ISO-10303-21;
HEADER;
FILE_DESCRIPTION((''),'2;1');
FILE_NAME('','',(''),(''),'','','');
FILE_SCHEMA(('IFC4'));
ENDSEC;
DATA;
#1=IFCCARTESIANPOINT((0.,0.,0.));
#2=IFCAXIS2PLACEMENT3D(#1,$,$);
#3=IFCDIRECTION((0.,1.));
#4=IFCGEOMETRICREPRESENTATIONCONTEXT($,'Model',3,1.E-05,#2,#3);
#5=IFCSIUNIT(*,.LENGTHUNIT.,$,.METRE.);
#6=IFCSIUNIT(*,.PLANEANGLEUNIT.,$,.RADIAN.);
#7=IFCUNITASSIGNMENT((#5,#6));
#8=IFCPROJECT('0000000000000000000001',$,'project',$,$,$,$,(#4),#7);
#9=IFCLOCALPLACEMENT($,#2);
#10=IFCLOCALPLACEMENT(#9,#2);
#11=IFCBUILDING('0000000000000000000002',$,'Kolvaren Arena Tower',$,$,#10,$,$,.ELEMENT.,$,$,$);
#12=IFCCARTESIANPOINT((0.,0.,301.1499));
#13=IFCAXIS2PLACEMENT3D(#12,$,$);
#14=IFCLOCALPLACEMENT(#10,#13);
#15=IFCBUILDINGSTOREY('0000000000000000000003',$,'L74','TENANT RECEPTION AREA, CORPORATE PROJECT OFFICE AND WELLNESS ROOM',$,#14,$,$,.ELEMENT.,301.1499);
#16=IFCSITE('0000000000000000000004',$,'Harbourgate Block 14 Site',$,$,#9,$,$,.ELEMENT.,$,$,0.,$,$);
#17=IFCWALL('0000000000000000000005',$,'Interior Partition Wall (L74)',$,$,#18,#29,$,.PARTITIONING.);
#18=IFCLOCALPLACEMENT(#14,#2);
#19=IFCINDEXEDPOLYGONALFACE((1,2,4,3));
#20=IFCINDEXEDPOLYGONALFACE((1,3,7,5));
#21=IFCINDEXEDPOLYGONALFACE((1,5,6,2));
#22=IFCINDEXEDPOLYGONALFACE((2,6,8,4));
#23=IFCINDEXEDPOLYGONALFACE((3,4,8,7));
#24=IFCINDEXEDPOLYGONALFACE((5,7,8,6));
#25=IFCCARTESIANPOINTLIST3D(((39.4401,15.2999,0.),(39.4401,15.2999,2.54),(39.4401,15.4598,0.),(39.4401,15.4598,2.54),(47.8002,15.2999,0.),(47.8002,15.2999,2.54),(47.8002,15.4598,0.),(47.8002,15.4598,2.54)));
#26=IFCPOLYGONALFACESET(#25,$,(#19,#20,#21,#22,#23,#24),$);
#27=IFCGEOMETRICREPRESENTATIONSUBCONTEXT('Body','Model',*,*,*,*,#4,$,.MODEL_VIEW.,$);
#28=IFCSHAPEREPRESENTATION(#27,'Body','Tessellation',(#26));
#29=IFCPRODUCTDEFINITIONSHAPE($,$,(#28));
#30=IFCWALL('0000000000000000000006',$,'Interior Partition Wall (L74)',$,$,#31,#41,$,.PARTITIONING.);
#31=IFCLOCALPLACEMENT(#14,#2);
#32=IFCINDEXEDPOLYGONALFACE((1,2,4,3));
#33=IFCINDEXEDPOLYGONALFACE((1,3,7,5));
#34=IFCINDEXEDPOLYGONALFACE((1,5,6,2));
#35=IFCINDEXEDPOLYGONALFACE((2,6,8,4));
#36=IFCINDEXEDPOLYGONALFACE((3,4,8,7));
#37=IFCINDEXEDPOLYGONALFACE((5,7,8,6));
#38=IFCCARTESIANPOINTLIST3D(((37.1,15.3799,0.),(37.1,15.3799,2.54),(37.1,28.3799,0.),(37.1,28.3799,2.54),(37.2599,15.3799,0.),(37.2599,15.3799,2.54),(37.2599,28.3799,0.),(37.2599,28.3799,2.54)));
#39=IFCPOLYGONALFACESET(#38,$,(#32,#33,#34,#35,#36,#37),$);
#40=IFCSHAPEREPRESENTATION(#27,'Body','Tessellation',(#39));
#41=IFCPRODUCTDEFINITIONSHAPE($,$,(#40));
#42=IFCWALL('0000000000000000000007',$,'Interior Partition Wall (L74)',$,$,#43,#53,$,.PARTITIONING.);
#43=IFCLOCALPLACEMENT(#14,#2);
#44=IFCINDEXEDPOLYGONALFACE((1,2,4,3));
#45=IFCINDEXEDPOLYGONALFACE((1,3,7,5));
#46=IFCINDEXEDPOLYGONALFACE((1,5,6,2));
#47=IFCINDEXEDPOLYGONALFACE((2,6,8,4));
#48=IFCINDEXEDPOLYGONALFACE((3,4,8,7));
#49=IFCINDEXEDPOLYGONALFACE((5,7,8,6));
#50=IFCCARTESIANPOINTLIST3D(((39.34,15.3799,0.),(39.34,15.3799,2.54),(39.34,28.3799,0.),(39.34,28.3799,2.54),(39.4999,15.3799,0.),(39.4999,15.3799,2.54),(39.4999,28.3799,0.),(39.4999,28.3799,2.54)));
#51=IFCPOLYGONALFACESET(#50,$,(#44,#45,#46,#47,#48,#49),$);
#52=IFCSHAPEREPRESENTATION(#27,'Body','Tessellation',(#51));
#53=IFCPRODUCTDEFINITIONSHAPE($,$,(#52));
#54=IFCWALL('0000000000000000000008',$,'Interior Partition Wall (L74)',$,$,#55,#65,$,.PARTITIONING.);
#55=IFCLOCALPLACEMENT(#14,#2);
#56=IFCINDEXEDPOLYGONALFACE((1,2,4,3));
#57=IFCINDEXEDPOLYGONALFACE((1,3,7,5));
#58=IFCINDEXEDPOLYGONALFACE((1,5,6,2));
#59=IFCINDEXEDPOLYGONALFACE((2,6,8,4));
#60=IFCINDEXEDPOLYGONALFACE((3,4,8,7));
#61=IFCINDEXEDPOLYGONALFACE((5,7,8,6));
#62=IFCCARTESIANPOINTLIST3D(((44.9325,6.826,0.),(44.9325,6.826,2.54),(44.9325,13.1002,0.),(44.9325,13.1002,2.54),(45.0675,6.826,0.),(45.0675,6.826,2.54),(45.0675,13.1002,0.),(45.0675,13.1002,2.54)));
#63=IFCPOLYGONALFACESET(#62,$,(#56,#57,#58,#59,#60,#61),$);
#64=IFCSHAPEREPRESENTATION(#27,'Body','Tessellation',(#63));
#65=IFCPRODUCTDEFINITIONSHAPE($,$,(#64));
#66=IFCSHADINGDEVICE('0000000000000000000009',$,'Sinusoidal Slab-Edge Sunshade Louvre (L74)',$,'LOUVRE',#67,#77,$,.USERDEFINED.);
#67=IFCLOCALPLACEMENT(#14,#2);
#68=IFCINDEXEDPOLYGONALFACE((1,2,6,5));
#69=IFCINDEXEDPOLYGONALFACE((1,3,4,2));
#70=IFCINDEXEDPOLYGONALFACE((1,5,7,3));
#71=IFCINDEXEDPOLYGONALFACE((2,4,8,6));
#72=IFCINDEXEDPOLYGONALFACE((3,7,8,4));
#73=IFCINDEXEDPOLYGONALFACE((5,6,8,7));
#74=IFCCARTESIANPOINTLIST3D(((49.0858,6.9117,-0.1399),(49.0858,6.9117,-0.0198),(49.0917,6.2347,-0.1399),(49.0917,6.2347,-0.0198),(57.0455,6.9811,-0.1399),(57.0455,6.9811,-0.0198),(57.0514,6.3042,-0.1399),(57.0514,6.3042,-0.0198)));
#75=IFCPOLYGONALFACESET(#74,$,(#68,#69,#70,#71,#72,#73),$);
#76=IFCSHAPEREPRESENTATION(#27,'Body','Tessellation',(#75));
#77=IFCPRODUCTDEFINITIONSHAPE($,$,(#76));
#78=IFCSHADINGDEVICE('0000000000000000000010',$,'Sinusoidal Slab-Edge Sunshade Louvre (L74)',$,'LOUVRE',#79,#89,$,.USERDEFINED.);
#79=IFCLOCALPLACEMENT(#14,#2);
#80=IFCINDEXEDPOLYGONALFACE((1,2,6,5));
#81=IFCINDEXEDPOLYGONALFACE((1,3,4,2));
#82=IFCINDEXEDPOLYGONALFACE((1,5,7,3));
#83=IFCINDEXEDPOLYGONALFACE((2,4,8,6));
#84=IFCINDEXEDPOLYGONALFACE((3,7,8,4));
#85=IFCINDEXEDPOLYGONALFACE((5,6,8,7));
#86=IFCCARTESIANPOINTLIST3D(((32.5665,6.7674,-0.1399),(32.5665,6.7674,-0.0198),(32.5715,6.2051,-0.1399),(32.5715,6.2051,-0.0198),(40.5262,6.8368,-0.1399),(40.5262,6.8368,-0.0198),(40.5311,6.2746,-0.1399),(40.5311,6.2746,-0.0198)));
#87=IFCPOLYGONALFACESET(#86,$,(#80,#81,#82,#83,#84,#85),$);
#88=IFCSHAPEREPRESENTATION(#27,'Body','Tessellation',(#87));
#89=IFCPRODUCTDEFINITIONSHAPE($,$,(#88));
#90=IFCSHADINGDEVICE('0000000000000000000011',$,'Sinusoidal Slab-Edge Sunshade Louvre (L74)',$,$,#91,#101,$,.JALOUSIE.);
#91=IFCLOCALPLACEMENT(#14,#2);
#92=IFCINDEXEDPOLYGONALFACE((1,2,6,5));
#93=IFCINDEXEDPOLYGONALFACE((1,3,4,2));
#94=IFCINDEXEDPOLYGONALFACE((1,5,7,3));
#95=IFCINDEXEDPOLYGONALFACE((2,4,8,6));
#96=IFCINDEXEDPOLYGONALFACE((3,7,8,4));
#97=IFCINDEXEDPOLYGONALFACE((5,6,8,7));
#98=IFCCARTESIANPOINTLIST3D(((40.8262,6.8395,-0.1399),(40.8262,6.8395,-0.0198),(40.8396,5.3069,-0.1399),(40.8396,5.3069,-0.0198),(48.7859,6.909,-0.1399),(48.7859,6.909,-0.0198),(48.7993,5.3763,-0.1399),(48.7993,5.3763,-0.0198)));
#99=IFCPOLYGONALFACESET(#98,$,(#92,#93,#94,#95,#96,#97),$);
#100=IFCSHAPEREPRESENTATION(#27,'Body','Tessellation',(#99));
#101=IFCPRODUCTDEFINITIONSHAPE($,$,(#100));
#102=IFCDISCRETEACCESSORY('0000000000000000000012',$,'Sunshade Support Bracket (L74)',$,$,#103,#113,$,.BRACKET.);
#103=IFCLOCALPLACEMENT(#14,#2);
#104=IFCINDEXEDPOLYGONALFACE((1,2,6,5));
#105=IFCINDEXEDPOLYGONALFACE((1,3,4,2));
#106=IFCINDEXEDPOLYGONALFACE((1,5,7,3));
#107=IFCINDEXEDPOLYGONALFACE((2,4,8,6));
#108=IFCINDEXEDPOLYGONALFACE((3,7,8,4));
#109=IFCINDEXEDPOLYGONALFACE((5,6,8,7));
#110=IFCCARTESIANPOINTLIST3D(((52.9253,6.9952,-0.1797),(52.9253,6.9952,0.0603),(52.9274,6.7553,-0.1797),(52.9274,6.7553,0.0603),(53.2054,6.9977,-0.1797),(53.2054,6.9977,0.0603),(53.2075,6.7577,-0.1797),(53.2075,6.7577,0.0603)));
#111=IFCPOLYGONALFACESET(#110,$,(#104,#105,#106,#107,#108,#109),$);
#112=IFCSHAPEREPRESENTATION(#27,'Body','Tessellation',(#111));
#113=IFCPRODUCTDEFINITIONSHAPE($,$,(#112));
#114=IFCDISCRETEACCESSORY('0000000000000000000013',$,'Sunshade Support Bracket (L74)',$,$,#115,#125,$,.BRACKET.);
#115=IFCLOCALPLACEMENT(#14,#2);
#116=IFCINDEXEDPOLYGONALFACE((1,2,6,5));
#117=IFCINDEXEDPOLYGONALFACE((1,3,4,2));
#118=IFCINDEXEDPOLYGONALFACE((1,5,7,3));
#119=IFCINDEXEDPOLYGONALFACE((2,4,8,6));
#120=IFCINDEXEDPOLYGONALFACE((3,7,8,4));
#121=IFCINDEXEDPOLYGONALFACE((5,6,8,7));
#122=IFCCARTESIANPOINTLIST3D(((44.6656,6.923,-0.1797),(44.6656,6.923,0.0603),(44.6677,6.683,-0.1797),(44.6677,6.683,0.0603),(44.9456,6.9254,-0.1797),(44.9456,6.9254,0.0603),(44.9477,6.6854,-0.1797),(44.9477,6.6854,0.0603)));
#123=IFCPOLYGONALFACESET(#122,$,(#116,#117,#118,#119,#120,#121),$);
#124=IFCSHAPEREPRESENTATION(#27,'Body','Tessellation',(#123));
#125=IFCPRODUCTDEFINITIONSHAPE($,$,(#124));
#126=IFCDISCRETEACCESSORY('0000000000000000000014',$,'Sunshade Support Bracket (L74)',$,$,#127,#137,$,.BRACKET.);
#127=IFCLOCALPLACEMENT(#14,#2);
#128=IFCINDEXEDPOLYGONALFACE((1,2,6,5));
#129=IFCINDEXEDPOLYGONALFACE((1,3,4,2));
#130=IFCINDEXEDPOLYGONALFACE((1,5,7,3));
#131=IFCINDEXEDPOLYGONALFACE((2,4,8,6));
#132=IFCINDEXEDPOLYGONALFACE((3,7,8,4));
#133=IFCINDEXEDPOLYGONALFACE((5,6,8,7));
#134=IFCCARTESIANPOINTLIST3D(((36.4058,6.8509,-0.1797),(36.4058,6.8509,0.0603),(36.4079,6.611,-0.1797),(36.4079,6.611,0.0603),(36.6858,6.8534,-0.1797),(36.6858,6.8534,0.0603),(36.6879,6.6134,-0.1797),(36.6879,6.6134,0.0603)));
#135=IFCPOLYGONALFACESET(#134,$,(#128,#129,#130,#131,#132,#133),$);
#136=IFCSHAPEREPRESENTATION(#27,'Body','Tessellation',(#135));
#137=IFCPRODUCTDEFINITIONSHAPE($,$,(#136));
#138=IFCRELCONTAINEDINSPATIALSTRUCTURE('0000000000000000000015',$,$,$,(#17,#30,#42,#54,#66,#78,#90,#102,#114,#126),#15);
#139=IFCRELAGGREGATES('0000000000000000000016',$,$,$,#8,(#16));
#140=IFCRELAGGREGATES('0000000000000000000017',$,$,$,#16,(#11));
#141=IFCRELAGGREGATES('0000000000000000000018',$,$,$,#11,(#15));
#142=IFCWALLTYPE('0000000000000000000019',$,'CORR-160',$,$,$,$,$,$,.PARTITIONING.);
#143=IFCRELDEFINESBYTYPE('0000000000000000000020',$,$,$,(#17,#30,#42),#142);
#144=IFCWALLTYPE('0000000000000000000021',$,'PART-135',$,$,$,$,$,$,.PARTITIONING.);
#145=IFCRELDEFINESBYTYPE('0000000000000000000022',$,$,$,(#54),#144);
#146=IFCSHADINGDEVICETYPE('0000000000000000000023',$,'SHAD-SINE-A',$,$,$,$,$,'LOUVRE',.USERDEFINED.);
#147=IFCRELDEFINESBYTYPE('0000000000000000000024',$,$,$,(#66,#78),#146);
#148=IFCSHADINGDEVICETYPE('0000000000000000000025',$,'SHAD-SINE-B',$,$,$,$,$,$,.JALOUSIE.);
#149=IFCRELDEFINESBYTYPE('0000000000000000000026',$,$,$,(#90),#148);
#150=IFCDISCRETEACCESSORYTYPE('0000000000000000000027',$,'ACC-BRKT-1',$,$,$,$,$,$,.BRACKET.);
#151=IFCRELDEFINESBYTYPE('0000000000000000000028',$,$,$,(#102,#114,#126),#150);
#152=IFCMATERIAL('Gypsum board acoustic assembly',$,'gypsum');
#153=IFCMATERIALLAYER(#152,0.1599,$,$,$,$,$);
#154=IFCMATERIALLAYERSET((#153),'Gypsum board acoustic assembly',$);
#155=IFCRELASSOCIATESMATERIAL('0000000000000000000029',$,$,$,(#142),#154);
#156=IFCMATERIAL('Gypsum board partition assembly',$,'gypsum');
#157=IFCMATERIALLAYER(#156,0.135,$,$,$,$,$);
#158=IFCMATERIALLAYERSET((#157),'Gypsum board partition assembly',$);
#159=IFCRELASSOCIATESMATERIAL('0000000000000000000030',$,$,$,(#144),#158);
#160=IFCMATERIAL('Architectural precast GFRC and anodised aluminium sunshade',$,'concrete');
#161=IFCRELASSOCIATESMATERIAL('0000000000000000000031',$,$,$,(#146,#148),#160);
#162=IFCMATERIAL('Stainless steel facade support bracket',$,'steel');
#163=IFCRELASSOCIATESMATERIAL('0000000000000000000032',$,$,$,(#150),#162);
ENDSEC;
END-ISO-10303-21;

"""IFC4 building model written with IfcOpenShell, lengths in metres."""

from ifc_helpers import new_model, si_unit, direction, frame, frame_2d, origin, origin_2d, place, context, subcontext, project, spatial, rectangle, extrude, material, layer, layer_set, type_object, element, save


model = new_model("IFC4")

# Units and contexts
model_context = context("Model", 3, precision=1e-05, world=origin(), true_north=direction((0.0, 1.0)))
body_context = subcontext(model_context, "Body", "Model", "MODEL_VIEW")
ifc_project = project(units=[si_unit("LENGTHUNIT", "METRE"), si_unit("PLANEANGLEUNIT", "RADIAN")], contexts=[model_context])

# Site, building, storey
site_placement = place(None, origin())
site = spatial("IfcSite", under=ifc_project, at=site_placement, Name="Harbourgate Block 14 Site", CompositionType="ELEMENT", RefElevation=0.0)
building_placement = place(site_placement, origin())
building = spatial("IfcBuilding", under=site, at=building_placement, Name="Kolvaren Arena Tower", CompositionType="ELEMENT")
storey_placement = place(building_placement, frame((0.0, 0.0, 301.1499)))
storey = spatial("IfcBuildingStorey", under=building, at=storey_placement, Name="L74", Description="TENANT RECEPTION AREA, CORPORATE PROJECT OFFICE AND WELLNESS ROOM", CompositionType="ELEMENT", Elevation=301.1499)

# Walls
ifc_material_1 = material(Name="Gypsum board acoustic assembly", Category="gypsum")
ifc_layer_1 = layer(ifc_material_1, 0.1599)
ifc_layer_set_1 = layer_set([ifc_layer_1], Name="Gypsum board acoustic assembly")
wall_type_1 = type_object("IfcWallType", Name="CORR-160", PredefinedType="PARTITIONING", material=ifc_layer_set_1)
wall_1_placement = place(storey_placement, frame((39.4399, 15.3799, 0.0), z_axis=(0.0, 0.0, 1.0), x_axis=(1.0, 0.0, 0.0)))
element("IfcWall", 1, at=wall_1_placement, inside=storey, type_object=wall_type_1, Name="Interior Partition Wall (L74)", PredefinedType="PARTITIONING", context=body_context, shape_type="SweptSolid", body=[
    extrude(rectangle(XDim=8.3601, YDim=0.1599, at=frame_2d((4.1802, 0.0))), origin(), (0.0, 0.0, 1.0), 2.54),
])
for number, where, z_axis, x_axis, name in (
    (2, (37.1799, 15.3799, 0.0), (0.0, 0.0, 1.0), (0.0, 1.0, 0.0), "Interior Partition Wall (L74)"),
    (3, (39.4199, 15.3799, 0.0), (0.0, 0.0, 1.0), (0.0, 1.0, 0.0), "Interior Partition Wall (L74)"),
):
    element("IfcWall", number, at=place(storey_placement, frame(where, z_axis=z_axis, x_axis=x_axis)), inside=storey, type_object=wall_type_1, Name=name, PredefinedType="PARTITIONING", context=body_context, shape_type="SweptSolid", body=[
        extrude(rectangle(XDim=13.0, YDim=0.1599, at=frame_2d((6.5, 0.0))), origin(), (0.0, 0.0, 1.0), 2.54),
    ])
ifc_material_2 = material(Name="Gypsum board partition assembly", Category="gypsum")
ifc_layer_2 = layer(ifc_material_2, 0.135)
ifc_layer_set_2 = layer_set([ifc_layer_2], Name="Gypsum board partition assembly")
wall_type_2 = type_object("IfcWallType", Name="PART-135", PredefinedType="PARTITIONING", material=ifc_layer_set_2)
wall_2_placement = place(storey_placement, frame((45.0, 6.8259, 0.0), z_axis=(0.0, 0.0, 1.0), x_axis=(0.0, 1.0, 0.0)))
element("IfcWall", 4, at=wall_2_placement, inside=storey, type_object=wall_type_2, Name="Interior Partition Wall (L74)", PredefinedType="PARTITIONING", context=body_context, shape_type="SweptSolid", body=[
    extrude(rectangle(XDim=6.2742, YDim=0.135, at=frame_2d((3.1372, 0.0))), origin(), (0.0, 0.0, 1.0), 2.54),
])

# Shading devices
ifc_material_3 = material(Name="Architectural precast GFRC and anodised aluminium sunshade", Category="concrete")
shading_device_type_1 = type_object("IfcShadingDeviceType", Name="SHAD-SINE-A", ElementType="LOUVRE", PredefinedType="USERDEFINED", material=ifc_material_3)
shading_device_1_placement = place(storey_placement, frame((53.0686, 6.6079, -0.1399), z_axis=(0.0, 0.0, 1.0), x_axis=(-0.999962, -0.008727, 0.0)))
element("IfcShadingDevice", 5, at=shading_device_1_placement, inside=storey, type_object=shading_device_type_1, Name="Sinusoidal Slab-Edge Sunshade Louvre (L74)", ObjectType="LOUVRE", PredefinedType="USERDEFINED", context=body_context, shape_type="SweptSolid", body=[
    extrude(rectangle(XDim=7.96, YDim=0.677, at=origin_2d()), origin(), (0.0, 0.0, 1.0), 0.1201),
])
shading_device_2_placement = place(storey_placement, frame((36.5488, 6.521, -0.1399), z_axis=(0.0, 0.0, 1.0), x_axis=(-0.999962, -0.008727, 0.0)))
element("IfcShadingDevice", 6, at=shading_device_2_placement, inside=storey, type_object=shading_device_type_1, Name="Sinusoidal Slab-Edge Sunshade Louvre (L74)", ObjectType="LOUVRE", PredefinedType="USERDEFINED", context=body_context, shape_type="SweptSolid", body=[
    extrude(rectangle(XDim=7.96, YDim=0.5623, at=origin_2d()), origin(), (0.0, 0.0, 1.0), 0.1201),
])
shading_device_type_2 = type_object("IfcShadingDeviceType", Name="SHAD-SINE-B", PredefinedType="JALOUSIE", material=ifc_material_3)
shading_device_3_placement = place(storey_placement, frame((44.8127, 6.1079, -0.1399), z_axis=(0.0, 0.0, 1.0), x_axis=(-0.999962, -0.008727, 0.0)))
element("IfcShadingDevice", 7, at=shading_device_3_placement, inside=storey, type_object=shading_device_type_2, Name="Sinusoidal Slab-Edge Sunshade Louvre (L74)", PredefinedType="JALOUSIE", context=body_context, shape_type="SweptSolid", body=[
    extrude(rectangle(XDim=7.96, YDim=1.5327, at=origin_2d()), origin(), (0.0, 0.0, 1.0), 0.1201),
])

# Discrete accessories
ifc_material_4 = material(Name="Stainless steel facade support bracket", Category="steel")
discrete_accessory_type = type_object("IfcDiscreteAccessoryType", Name="ACC-BRKT-1", PredefinedType="BRACKET", material=ifc_material_4)
for number, where, z_axis, x_axis, name in (
    (8, (53.0664, 6.8765, -0.1797), (0.0, 0.0, 1.0), (-0.999962, -0.008727, 0.0), "Sunshade Support Bracket (L74)"),
    (9, (44.8066, 6.8042, -0.1797), (0.0, 0.0, 1.0), (-0.999962, -0.008727, 0.0), "Sunshade Support Bracket (L74)"),
    (10, (36.5469, 6.7322, -0.1797), (0.0, 0.0, 1.0), (-0.999962, -0.008727, 0.0), "Sunshade Support Bracket (L74)"),
):
    element("IfcDiscreteAccessory", number, at=place(storey_placement, frame(where, z_axis=z_axis, x_axis=x_axis)), inside=storey, type_object=discrete_accessory_type, Name=name, PredefinedType="BRACKET", context=body_context, shape_type="SweptSolid", body=[
        extrude(rectangle(XDim=0.28, YDim=0.24, at=origin_2d()), origin(), (0.0, 0.0, 1.0), 0.24),
    ])

save(model, "model.ifc")
